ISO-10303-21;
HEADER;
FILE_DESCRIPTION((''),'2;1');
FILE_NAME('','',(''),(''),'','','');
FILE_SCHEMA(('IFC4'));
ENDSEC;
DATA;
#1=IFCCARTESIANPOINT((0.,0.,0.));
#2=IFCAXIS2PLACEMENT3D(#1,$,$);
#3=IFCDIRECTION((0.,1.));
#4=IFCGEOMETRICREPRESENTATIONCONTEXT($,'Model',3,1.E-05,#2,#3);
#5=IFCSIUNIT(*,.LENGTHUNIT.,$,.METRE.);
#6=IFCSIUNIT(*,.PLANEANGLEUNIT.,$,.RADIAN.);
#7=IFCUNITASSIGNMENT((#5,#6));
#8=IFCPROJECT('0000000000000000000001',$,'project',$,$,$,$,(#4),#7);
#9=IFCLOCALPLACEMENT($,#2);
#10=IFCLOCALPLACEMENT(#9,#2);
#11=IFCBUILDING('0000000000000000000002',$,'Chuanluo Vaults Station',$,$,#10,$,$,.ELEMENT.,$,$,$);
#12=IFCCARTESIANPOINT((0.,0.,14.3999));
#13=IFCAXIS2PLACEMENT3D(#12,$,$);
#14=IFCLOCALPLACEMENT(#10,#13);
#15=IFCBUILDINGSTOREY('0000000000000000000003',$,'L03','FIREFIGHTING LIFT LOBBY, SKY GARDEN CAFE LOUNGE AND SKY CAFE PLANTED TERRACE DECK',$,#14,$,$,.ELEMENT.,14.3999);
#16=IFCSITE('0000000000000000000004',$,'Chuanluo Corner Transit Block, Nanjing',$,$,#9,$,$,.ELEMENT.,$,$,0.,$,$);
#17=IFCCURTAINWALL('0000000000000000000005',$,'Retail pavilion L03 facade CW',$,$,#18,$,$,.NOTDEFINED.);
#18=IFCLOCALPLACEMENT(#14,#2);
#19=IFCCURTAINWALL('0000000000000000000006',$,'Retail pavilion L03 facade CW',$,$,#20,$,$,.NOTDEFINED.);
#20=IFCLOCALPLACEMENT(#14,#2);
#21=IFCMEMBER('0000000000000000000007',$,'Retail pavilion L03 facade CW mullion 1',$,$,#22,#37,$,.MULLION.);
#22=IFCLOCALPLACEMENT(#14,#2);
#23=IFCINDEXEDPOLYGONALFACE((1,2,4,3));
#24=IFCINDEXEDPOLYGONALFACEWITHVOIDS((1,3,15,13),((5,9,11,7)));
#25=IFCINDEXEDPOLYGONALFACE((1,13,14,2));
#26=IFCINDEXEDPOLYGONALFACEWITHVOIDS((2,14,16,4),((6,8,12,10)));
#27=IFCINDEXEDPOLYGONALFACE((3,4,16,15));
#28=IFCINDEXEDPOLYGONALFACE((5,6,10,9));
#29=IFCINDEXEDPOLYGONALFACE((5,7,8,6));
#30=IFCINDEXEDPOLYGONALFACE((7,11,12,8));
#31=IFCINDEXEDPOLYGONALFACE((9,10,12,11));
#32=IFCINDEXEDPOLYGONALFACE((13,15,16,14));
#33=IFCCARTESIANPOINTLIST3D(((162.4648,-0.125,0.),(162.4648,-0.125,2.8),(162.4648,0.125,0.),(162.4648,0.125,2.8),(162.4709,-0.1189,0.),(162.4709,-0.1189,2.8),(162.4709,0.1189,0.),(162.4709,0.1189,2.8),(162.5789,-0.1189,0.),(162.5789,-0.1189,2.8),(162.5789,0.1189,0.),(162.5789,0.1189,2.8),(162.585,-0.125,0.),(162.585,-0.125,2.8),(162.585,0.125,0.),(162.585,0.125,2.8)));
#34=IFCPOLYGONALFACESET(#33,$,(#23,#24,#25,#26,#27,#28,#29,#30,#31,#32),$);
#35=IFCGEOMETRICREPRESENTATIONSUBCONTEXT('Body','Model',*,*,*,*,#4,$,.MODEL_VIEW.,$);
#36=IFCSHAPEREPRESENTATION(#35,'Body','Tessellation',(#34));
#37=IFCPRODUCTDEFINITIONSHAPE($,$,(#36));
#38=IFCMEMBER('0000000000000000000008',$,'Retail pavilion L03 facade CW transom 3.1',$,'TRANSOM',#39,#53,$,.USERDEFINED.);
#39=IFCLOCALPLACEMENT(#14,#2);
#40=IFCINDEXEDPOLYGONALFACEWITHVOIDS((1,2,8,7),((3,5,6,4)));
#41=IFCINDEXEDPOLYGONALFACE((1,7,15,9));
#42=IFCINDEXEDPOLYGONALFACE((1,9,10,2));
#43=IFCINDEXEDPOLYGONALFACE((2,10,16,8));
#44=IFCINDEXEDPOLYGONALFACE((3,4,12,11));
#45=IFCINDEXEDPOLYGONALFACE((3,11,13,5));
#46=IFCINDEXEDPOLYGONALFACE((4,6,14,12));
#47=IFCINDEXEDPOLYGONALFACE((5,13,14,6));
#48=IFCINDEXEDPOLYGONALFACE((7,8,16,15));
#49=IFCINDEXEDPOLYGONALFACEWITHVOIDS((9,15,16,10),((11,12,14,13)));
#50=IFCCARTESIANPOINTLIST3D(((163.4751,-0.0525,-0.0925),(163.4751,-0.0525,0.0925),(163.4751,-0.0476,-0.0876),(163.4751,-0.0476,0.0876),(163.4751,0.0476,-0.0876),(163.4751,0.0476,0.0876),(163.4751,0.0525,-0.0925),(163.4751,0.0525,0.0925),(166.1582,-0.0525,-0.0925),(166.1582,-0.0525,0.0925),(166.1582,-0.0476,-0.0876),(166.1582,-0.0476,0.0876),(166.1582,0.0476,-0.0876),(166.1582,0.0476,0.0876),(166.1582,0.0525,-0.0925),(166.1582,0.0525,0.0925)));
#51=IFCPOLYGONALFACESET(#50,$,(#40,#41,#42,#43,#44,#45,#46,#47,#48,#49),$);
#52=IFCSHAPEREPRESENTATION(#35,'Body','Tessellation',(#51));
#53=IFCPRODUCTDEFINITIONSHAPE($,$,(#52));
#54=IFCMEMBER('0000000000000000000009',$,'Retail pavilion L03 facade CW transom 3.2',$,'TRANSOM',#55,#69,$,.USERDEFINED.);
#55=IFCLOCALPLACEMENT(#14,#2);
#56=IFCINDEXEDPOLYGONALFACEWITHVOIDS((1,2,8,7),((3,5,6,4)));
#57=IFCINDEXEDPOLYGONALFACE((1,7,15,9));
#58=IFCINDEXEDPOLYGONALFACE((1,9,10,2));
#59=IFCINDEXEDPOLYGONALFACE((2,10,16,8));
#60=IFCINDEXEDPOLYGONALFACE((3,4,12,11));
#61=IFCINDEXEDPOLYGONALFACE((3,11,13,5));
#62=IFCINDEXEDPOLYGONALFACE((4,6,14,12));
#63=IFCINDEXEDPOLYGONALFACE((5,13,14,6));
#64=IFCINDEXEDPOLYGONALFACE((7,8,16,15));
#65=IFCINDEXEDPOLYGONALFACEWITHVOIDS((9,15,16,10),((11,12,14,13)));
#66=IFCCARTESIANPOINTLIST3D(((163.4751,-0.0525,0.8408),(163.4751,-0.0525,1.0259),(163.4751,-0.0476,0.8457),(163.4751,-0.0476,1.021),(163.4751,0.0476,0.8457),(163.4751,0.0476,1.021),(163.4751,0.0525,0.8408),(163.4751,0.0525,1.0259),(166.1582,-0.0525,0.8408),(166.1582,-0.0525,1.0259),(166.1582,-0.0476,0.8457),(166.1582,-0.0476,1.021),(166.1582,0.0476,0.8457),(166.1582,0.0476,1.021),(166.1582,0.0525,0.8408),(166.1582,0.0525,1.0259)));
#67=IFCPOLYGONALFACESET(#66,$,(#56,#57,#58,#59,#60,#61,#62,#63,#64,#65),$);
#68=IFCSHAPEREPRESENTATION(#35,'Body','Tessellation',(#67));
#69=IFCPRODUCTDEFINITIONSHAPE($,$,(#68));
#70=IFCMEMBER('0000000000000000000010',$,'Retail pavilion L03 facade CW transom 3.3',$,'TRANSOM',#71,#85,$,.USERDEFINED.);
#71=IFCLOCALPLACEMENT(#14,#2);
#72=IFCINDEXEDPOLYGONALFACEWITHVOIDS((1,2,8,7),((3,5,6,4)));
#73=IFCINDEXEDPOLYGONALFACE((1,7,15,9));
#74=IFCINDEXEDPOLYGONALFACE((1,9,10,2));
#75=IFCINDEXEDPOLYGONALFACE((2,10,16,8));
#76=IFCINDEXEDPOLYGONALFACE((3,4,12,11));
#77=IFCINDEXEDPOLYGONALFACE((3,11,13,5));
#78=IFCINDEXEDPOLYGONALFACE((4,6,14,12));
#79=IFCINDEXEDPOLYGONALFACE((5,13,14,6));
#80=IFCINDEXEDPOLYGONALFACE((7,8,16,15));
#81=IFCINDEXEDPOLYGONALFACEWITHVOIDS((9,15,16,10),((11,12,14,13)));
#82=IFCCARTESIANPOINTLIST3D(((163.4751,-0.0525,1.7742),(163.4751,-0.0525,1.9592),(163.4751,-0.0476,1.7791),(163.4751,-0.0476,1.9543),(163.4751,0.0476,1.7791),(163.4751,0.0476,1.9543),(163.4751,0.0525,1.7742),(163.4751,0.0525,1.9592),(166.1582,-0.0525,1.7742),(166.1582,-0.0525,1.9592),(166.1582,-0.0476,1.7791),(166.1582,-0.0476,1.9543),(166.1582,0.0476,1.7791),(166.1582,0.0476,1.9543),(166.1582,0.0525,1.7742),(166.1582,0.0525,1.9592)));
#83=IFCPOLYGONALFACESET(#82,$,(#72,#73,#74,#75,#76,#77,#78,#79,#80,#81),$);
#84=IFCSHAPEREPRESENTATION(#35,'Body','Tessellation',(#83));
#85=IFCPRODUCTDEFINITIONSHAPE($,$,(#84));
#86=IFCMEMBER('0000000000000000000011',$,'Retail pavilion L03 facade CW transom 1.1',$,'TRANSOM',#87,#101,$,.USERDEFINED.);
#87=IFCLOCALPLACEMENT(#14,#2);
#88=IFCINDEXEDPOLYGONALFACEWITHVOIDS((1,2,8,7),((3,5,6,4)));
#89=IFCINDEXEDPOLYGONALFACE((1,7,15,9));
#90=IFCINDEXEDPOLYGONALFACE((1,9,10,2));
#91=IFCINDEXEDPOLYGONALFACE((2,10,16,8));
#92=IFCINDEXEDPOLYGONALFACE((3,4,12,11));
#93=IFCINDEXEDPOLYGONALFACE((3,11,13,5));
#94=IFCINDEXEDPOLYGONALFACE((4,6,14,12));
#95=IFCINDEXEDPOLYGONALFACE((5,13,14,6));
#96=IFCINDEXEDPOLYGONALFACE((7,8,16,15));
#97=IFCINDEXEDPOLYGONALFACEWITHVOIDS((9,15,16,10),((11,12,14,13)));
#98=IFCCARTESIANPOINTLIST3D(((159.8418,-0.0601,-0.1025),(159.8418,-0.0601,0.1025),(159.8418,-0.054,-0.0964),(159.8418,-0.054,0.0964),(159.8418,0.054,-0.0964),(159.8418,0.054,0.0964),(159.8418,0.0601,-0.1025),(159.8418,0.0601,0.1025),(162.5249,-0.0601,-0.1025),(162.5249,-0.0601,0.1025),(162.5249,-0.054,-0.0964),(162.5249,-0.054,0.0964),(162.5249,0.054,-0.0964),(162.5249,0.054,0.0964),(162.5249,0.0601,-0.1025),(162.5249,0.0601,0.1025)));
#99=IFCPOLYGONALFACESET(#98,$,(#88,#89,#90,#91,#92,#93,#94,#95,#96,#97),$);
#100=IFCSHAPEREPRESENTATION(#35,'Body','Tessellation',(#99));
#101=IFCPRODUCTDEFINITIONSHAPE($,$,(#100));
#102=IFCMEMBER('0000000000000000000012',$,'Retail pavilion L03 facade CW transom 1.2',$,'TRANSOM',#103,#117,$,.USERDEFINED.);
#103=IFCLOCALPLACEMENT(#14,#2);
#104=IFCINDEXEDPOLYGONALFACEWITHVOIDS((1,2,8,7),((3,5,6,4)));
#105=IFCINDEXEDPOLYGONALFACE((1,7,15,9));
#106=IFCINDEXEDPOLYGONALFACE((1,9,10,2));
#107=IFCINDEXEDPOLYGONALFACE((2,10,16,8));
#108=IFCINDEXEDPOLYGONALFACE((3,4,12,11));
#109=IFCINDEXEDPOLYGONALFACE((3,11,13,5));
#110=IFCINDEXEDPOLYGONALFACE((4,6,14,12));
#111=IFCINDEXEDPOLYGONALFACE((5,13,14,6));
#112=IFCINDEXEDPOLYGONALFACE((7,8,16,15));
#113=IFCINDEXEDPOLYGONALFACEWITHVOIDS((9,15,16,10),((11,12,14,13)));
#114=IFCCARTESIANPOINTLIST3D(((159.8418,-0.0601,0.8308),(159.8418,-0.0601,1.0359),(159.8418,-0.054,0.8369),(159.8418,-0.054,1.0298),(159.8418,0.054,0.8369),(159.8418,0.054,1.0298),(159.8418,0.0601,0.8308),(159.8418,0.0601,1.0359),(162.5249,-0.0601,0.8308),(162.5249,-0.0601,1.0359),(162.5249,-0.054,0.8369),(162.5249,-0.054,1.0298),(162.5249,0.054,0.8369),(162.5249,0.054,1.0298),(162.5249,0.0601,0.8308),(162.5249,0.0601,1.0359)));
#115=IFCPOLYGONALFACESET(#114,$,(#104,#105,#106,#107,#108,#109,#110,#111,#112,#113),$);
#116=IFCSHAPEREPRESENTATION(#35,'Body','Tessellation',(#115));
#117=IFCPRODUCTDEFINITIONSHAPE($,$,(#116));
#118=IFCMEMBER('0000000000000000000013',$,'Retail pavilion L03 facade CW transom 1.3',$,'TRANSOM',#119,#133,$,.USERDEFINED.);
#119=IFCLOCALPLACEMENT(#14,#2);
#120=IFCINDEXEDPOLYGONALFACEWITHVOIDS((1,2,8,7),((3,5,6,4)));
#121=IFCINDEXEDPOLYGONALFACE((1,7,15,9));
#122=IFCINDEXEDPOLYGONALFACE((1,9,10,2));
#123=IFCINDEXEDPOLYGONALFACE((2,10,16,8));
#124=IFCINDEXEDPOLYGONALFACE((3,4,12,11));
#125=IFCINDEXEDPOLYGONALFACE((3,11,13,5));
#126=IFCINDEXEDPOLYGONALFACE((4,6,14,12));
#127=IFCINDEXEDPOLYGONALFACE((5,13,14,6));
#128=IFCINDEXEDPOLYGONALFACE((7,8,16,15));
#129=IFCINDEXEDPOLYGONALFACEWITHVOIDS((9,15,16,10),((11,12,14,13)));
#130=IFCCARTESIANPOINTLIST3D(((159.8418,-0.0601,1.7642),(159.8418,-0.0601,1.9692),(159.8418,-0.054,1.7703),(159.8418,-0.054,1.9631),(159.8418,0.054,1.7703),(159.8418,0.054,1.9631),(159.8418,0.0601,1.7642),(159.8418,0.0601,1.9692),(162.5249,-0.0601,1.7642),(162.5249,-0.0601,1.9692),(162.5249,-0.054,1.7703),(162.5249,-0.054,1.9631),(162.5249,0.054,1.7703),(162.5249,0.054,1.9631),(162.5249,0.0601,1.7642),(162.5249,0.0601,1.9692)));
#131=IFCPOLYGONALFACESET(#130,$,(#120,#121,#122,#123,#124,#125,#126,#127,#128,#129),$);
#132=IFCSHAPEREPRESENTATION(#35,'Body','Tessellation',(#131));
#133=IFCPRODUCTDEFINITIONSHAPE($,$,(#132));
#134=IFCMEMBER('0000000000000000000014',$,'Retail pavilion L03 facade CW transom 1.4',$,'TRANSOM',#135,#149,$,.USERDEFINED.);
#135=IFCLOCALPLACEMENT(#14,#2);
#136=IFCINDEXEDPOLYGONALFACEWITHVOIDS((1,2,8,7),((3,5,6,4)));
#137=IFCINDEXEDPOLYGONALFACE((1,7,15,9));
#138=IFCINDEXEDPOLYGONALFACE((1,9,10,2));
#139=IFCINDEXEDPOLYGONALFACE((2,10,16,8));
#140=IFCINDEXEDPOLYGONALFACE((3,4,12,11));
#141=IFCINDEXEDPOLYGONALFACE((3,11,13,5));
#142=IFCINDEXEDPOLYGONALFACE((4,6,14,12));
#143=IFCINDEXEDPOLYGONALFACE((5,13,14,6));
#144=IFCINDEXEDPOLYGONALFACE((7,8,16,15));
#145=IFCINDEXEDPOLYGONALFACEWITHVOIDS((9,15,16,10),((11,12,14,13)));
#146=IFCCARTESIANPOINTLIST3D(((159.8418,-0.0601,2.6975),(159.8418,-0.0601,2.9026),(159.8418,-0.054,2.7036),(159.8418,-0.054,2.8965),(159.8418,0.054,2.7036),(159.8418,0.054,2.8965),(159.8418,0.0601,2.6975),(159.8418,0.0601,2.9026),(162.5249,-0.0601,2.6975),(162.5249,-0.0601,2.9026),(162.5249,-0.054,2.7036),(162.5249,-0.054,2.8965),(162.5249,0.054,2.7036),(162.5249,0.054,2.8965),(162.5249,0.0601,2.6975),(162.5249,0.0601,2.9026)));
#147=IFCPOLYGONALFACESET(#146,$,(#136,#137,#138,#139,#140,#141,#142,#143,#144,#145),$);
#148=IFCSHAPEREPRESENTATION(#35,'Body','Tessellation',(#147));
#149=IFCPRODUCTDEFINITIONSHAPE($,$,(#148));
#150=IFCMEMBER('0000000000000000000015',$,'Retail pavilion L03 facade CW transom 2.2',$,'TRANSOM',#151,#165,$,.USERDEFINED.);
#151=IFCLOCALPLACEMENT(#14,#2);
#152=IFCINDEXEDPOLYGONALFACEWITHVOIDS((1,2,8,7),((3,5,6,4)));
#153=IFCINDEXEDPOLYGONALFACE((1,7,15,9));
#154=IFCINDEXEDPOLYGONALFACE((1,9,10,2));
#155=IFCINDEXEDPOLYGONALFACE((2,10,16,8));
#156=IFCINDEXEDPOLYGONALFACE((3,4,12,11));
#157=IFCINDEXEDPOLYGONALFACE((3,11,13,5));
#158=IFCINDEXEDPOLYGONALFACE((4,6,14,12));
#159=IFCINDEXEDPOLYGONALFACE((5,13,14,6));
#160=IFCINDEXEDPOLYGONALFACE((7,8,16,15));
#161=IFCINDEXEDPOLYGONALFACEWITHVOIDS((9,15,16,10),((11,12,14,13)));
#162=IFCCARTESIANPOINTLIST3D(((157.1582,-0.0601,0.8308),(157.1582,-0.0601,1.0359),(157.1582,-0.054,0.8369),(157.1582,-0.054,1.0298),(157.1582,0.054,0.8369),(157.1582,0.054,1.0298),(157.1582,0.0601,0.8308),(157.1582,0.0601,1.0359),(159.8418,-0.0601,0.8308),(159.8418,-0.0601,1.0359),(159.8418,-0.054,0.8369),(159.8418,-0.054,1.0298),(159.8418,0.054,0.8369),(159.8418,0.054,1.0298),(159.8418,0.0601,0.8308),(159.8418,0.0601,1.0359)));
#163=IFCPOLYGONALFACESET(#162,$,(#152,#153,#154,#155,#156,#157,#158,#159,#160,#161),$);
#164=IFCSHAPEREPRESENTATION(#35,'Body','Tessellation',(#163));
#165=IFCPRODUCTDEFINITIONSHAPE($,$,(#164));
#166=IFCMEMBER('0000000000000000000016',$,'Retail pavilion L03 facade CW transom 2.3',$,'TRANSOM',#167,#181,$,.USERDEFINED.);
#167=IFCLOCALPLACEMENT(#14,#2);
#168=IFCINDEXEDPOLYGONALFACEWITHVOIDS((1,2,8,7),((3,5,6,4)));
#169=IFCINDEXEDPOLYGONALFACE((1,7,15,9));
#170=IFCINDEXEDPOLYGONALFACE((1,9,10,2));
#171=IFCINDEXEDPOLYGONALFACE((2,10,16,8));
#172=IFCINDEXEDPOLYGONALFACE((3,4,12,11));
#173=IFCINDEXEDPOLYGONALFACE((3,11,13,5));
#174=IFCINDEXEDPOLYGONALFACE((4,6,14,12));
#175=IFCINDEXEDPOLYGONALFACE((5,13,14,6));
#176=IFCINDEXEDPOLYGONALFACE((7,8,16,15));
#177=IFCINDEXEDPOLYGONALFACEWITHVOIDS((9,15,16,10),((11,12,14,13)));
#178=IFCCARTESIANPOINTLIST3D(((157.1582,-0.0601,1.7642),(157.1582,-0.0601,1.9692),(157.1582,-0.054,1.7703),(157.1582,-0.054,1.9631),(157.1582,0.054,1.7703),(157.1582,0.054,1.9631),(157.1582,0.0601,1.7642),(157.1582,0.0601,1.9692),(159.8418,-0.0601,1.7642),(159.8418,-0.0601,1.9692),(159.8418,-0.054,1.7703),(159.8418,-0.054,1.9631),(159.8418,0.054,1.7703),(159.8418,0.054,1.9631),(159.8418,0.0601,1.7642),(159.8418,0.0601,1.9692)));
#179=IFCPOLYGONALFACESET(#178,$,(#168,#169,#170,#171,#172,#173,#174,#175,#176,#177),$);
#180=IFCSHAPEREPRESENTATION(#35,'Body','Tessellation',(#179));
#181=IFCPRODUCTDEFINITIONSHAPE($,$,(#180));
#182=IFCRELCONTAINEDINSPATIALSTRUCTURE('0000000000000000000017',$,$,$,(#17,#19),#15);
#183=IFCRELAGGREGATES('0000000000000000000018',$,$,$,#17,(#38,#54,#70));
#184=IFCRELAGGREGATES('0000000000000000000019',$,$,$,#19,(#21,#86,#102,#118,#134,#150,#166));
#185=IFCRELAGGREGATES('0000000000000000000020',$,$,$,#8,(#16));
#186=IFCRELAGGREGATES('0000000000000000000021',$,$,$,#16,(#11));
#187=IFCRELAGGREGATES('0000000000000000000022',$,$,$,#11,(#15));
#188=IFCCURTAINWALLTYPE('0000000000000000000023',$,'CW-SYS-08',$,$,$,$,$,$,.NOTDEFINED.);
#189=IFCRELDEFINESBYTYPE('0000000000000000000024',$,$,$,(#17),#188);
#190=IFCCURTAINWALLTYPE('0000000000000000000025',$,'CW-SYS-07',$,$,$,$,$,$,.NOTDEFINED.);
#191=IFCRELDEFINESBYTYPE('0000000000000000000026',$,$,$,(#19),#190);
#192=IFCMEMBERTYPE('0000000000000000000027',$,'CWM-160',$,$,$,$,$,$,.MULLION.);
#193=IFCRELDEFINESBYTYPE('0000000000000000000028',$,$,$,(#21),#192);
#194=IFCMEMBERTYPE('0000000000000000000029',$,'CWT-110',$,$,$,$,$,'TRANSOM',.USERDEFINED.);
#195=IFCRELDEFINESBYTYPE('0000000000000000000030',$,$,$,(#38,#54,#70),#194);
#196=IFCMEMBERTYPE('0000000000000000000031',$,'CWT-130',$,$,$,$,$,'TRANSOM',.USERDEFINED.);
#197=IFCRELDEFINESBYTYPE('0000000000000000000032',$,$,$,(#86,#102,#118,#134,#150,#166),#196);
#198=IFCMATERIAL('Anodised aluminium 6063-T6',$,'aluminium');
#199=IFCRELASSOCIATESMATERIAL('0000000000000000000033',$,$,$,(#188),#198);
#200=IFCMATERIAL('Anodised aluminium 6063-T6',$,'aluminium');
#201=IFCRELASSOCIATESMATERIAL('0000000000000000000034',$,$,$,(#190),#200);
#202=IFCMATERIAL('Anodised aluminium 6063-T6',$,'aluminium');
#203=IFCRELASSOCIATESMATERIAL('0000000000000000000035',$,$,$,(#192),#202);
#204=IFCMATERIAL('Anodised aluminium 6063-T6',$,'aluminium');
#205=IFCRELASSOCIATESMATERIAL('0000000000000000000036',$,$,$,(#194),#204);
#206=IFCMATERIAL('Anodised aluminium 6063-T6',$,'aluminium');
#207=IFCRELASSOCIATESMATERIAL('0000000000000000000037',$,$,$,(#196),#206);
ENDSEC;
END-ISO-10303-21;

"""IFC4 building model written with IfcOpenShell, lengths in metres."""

from ifc_helpers import new_model, si_unit, direction, frame, origin, origin_2d, place, context, subcontext, project, spatial, hollow_rectangle, extrude, material, material_profile, profile_set, type_object, element, aggregate, save


model = new_model("IFC4")

# Units and contexts
model_context = context("Model", 3, precision=1e-05, world=origin(), true_north=direction((0.0, 1.0)))
body_context = subcontext(model_context, "Body", "Model", "MODEL_VIEW")
ifc_project = project(units=[si_unit("LENGTHUNIT", "METRE"), si_unit("PLANEANGLEUNIT", "RADIAN")], contexts=[model_context])

# Site, building, storey
site_placement = place(None, origin())
site = spatial("IfcSite", under=ifc_project, at=site_placement, Name="Chuanluo Corner Transit Block, Nanjing", CompositionType="ELEMENT", RefElevation=0.0)
building_placement = place(site_placement, origin())
building = spatial("IfcBuilding", under=site, at=building_placement, Name="Chuanluo Vaults Station", CompositionType="ELEMENT")
storey_placement = place(building_placement, frame((0.0, 0.0, 14.3999)))
storey = spatial("IfcBuildingStorey", under=building, at=storey_placement, Name="L03", Description="FIREFIGHTING LIFT LOBBY, SKY GARDEN CAFE LOUNGE AND SKY CAFE PLANTED TERRACE DECK", CompositionType="ELEMENT", Elevation=14.3999)

# Curtain wall
ifc_material_1 = material(Name="Anodised aluminium 6063-T6", Category="aluminium")
curtain_wall_type_1 = type_object("IfcCurtainWallType", Name="CW-SYS-08", PredefinedType="NOTDEFINED", material=ifc_material_1)
curtain_wall_1_placement = place(storey_placement, origin())
curtain_wall_1 = element("IfcCurtainWall", 1, at=curtain_wall_1_placement, inside=storey, type_object=curtain_wall_type_1, Name="Retail pavilion L03 facade CW", PredefinedType="NOTDEFINED")

# Curtain wall, member
ifc_material_2 = material(Name="Anodised aluminium 6063-T6", Category="aluminium")
curtain_wall_type_2 = type_object("IfcCurtainWallType", Name="CW-SYS-07", PredefinedType="NOTDEFINED", material=ifc_material_2)
curtain_wall_2_placement = place(storey_placement, origin())
curtain_wall_2 = element("IfcCurtainWall", 2, at=curtain_wall_2_placement, inside=storey, type_object=curtain_wall_type_2, Name="Retail pavilion L03 facade CW", PredefinedType="NOTDEFINED")
ifc_material_3 = material(Name="Anodised aluminium 6063-T6", Category="aluminium")
ifc_material_profile_1 = material_profile(ifc_material_3, hollow_rectangle(XDim=0.1201, YDim=0.25, WallThickness=0.0061, at=origin_2d()))
ifc_profile_set_1 = profile_set([ifc_material_profile_1], Name="Anodised aluminium 6063-T6")
member_type_1 = type_object("IfcMemberType", Name="CWM-160", PredefinedType="MULLION", material=ifc_profile_set_1)
member_1_placement = place(storey_placement, frame((162.5249, 0.0, 0.0), z_axis=(0.0, 0.0, 1.0), x_axis=(-1.0, 0.0, 0.0)))
member_1 = element("IfcMember", 3, at=member_1_placement, type_object=member_type_1, Name="Retail pavilion L03 facade CW mullion 1", PredefinedType="MULLION", context=body_context, shape_type="SweptSolid", body=[
    extrude(hollow_rectangle(XDim=0.1201, YDim=0.25, WallThickness=0.0061, at=origin_2d()), origin(), (0.0, 0.0, 1.0), 2.8),
])

# Members
ifc_material_4 = material(Name="Anodised aluminium 6063-T6", Category="aluminium")
ifc_material_profile_2 = material_profile(ifc_material_4, hollow_rectangle(XDim=0.105, YDim=0.1851, WallThickness=0.0049, at=origin_2d()))
ifc_profile_set_2 = profile_set([ifc_material_profile_2], Name="Anodised aluminium 6063-T6")
member_type_2 = type_object("IfcMemberType", Name="CWT-110", ElementType="TRANSOM", PredefinedType="USERDEFINED", material=ifc_profile_set_2)
member_2_placement = place(storey_placement, frame((166.1582, 0.0, 0.0), z_axis=(-1.0, 0.0, 0.0), x_axis=(0.0, -1.0, 0.0)))
member_2 = element("IfcMember", 4, at=member_2_placement, type_object=member_type_2, Name="Retail pavilion L03 facade CW transom 3.1", ObjectType="TRANSOM", PredefinedType="USERDEFINED", context=body_context, shape_type="SweptSolid", body=[
    extrude(hollow_rectangle(XDim=0.105, YDim=0.1851, WallThickness=0.0049, at=origin_2d()), origin(), (0.0, 0.0, 1.0), 2.6831),
])
member_3_placement = place(storey_placement, frame((166.1582, 0.0, 0.9333), z_axis=(-1.0, 0.0, 0.0), x_axis=(0.0, -1.0, 0.0)))
member_3 = element("IfcMember", 5, at=member_3_placement, type_object=member_type_2, Name="Retail pavilion L03 facade CW transom 3.2", ObjectType="TRANSOM", PredefinedType="USERDEFINED", context=body_context, shape_type="SweptSolid", body=[
    extrude(hollow_rectangle(XDim=0.105, YDim=0.1851, WallThickness=0.0049, at=origin_2d()), origin(), (0.0, 0.0, 1.0), 2.6831),
])
member_4_placement = place(storey_placement, frame((166.1582, 0.0, 1.8667), z_axis=(-1.0, 0.0, 0.0), x_axis=(0.0, -1.0, 0.0)))
member_4 = element("IfcMember", 6, at=member_4_placement, type_object=member_type_2, Name="Retail pavilion L03 facade CW transom 3.3", ObjectType="TRANSOM", PredefinedType="USERDEFINED", context=body_context, shape_type="SweptSolid", body=[
    extrude(hollow_rectangle(XDim=0.105, YDim=0.1851, WallThickness=0.0049, at=origin_2d()), origin(), (0.0, 0.0, 1.0), 2.6831),
])
ifc_material_5 = material(Name="Anodised aluminium 6063-T6", Category="aluminium")
ifc_material_profile_3 = material_profile(ifc_material_5, hollow_rectangle(XDim=0.1201, YDim=0.2051, WallThickness=0.0061, at=origin_2d()))
ifc_profile_set_3 = profile_set([ifc_material_profile_3], Name="Anodised aluminium 6063-T6")
member_type_3 = type_object("IfcMemberType", Name="CWT-130", ElementType="TRANSOM", PredefinedType="USERDEFINED", material=ifc_profile_set_3)
member_5_placement = place(storey_placement, frame((162.5249, 0.0, 0.0), z_axis=(-1.0, 0.0, 0.0), x_axis=(0.0, -1.0, 0.0)))
member_5 = element("IfcMember", 7, at=member_5_placement, type_object=member_type_3, Name="Retail pavilion L03 facade CW transom 1.1", ObjectType="TRANSOM", PredefinedType="USERDEFINED", context=body_context, shape_type="SweptSolid", body=[
    extrude(hollow_rectangle(XDim=0.1201, YDim=0.2051, WallThickness=0.0061, at=origin_2d()), origin(), (0.0, 0.0, 1.0), 2.6831),
])
member_6_placement = place(storey_placement, frame((162.5249, 0.0, 0.9333), z_axis=(-1.0, 0.0, 0.0), x_axis=(0.0, -1.0, 0.0)))
member_6 = element("IfcMember", 8, at=member_6_placement, type_object=member_type_3, Name="Retail pavilion L03 facade CW transom 1.2", ObjectType="TRANSOM", PredefinedType="USERDEFINED", context=body_context, shape_type="SweptSolid", body=[
    extrude(hollow_rectangle(XDim=0.1201, YDim=0.2051, WallThickness=0.0061, at=origin_2d()), origin(), (0.0, 0.0, 1.0), 2.6831),
])
member_7_placement = place(storey_placement, frame((162.5249, 0.0, 1.8667), z_axis=(-1.0, 0.0, 0.0), x_axis=(0.0, -1.0, 0.0)))
member_7 = element("IfcMember", 9, at=member_7_placement, type_object=member_type_3, Name="Retail pavilion L03 facade CW transom 1.3", ObjectType="TRANSOM", PredefinedType="USERDEFINED", context=body_context, shape_type="SweptSolid", body=[
    extrude(hollow_rectangle(XDim=0.1201, YDim=0.2051, WallThickness=0.0061, at=origin_2d()), origin(), (0.0, 0.0, 1.0), 2.6831),
])
member_8_placement = place(storey_placement, frame((162.5249, 0.0, 2.8), z_axis=(-1.0, 0.0, 0.0), x_axis=(0.0, -1.0, 0.0)))
member_8 = element("IfcMember", 10, at=member_8_placement, type_object=member_type_3, Name="Retail pavilion L03 facade CW transom 1.4", ObjectType="TRANSOM", PredefinedType="USERDEFINED", context=body_context, shape_type="SweptSolid", body=[
    extrude(hollow_rectangle(XDim=0.1201, YDim=0.2051, WallThickness=0.0061, at=origin_2d()), origin(), (0.0, 0.0, 1.0), 2.6831),
])
member_9_placement = place(storey_placement, frame((159.8418, 0.0, 0.9333), z_axis=(-1.0, 0.0, 0.0), x_axis=(0.0, -1.0, 0.0)))
member_9 = element("IfcMember", 11, at=member_9_placement, type_object=member_type_3, Name="Retail pavilion L03 facade CW transom 2.2", ObjectType="TRANSOM", PredefinedType="USERDEFINED", context=body_context, shape_type="SweptSolid", body=[
    extrude(hollow_rectangle(XDim=0.1201, YDim=0.2051, WallThickness=0.0061, at=origin_2d()), origin(), (0.0, 0.0, 1.0), 2.6836),
])
member_10_placement = place(storey_placement, frame((159.8418, 0.0, 1.8667), z_axis=(-1.0, 0.0, 0.0), x_axis=(0.0, -1.0, 0.0)))
member_10 = element("IfcMember", 12, at=member_10_placement, type_object=member_type_3, Name="Retail pavilion L03 facade CW transom 2.3", ObjectType="TRANSOM", PredefinedType="USERDEFINED", context=body_context, shape_type="SweptSolid", body=[
    extrude(hollow_rectangle(XDim=0.1201, YDim=0.2051, WallThickness=0.0061, at=origin_2d()), origin(), (0.0, 0.0, 1.0), 2.6836),
])

aggregate(curtain_wall_1, [member_2, member_3, member_4])
aggregate(curtain_wall_2, [member_1, member_5, member_6, member_7, member_8, member_9, member_10])

save(model, "model.ifc")
